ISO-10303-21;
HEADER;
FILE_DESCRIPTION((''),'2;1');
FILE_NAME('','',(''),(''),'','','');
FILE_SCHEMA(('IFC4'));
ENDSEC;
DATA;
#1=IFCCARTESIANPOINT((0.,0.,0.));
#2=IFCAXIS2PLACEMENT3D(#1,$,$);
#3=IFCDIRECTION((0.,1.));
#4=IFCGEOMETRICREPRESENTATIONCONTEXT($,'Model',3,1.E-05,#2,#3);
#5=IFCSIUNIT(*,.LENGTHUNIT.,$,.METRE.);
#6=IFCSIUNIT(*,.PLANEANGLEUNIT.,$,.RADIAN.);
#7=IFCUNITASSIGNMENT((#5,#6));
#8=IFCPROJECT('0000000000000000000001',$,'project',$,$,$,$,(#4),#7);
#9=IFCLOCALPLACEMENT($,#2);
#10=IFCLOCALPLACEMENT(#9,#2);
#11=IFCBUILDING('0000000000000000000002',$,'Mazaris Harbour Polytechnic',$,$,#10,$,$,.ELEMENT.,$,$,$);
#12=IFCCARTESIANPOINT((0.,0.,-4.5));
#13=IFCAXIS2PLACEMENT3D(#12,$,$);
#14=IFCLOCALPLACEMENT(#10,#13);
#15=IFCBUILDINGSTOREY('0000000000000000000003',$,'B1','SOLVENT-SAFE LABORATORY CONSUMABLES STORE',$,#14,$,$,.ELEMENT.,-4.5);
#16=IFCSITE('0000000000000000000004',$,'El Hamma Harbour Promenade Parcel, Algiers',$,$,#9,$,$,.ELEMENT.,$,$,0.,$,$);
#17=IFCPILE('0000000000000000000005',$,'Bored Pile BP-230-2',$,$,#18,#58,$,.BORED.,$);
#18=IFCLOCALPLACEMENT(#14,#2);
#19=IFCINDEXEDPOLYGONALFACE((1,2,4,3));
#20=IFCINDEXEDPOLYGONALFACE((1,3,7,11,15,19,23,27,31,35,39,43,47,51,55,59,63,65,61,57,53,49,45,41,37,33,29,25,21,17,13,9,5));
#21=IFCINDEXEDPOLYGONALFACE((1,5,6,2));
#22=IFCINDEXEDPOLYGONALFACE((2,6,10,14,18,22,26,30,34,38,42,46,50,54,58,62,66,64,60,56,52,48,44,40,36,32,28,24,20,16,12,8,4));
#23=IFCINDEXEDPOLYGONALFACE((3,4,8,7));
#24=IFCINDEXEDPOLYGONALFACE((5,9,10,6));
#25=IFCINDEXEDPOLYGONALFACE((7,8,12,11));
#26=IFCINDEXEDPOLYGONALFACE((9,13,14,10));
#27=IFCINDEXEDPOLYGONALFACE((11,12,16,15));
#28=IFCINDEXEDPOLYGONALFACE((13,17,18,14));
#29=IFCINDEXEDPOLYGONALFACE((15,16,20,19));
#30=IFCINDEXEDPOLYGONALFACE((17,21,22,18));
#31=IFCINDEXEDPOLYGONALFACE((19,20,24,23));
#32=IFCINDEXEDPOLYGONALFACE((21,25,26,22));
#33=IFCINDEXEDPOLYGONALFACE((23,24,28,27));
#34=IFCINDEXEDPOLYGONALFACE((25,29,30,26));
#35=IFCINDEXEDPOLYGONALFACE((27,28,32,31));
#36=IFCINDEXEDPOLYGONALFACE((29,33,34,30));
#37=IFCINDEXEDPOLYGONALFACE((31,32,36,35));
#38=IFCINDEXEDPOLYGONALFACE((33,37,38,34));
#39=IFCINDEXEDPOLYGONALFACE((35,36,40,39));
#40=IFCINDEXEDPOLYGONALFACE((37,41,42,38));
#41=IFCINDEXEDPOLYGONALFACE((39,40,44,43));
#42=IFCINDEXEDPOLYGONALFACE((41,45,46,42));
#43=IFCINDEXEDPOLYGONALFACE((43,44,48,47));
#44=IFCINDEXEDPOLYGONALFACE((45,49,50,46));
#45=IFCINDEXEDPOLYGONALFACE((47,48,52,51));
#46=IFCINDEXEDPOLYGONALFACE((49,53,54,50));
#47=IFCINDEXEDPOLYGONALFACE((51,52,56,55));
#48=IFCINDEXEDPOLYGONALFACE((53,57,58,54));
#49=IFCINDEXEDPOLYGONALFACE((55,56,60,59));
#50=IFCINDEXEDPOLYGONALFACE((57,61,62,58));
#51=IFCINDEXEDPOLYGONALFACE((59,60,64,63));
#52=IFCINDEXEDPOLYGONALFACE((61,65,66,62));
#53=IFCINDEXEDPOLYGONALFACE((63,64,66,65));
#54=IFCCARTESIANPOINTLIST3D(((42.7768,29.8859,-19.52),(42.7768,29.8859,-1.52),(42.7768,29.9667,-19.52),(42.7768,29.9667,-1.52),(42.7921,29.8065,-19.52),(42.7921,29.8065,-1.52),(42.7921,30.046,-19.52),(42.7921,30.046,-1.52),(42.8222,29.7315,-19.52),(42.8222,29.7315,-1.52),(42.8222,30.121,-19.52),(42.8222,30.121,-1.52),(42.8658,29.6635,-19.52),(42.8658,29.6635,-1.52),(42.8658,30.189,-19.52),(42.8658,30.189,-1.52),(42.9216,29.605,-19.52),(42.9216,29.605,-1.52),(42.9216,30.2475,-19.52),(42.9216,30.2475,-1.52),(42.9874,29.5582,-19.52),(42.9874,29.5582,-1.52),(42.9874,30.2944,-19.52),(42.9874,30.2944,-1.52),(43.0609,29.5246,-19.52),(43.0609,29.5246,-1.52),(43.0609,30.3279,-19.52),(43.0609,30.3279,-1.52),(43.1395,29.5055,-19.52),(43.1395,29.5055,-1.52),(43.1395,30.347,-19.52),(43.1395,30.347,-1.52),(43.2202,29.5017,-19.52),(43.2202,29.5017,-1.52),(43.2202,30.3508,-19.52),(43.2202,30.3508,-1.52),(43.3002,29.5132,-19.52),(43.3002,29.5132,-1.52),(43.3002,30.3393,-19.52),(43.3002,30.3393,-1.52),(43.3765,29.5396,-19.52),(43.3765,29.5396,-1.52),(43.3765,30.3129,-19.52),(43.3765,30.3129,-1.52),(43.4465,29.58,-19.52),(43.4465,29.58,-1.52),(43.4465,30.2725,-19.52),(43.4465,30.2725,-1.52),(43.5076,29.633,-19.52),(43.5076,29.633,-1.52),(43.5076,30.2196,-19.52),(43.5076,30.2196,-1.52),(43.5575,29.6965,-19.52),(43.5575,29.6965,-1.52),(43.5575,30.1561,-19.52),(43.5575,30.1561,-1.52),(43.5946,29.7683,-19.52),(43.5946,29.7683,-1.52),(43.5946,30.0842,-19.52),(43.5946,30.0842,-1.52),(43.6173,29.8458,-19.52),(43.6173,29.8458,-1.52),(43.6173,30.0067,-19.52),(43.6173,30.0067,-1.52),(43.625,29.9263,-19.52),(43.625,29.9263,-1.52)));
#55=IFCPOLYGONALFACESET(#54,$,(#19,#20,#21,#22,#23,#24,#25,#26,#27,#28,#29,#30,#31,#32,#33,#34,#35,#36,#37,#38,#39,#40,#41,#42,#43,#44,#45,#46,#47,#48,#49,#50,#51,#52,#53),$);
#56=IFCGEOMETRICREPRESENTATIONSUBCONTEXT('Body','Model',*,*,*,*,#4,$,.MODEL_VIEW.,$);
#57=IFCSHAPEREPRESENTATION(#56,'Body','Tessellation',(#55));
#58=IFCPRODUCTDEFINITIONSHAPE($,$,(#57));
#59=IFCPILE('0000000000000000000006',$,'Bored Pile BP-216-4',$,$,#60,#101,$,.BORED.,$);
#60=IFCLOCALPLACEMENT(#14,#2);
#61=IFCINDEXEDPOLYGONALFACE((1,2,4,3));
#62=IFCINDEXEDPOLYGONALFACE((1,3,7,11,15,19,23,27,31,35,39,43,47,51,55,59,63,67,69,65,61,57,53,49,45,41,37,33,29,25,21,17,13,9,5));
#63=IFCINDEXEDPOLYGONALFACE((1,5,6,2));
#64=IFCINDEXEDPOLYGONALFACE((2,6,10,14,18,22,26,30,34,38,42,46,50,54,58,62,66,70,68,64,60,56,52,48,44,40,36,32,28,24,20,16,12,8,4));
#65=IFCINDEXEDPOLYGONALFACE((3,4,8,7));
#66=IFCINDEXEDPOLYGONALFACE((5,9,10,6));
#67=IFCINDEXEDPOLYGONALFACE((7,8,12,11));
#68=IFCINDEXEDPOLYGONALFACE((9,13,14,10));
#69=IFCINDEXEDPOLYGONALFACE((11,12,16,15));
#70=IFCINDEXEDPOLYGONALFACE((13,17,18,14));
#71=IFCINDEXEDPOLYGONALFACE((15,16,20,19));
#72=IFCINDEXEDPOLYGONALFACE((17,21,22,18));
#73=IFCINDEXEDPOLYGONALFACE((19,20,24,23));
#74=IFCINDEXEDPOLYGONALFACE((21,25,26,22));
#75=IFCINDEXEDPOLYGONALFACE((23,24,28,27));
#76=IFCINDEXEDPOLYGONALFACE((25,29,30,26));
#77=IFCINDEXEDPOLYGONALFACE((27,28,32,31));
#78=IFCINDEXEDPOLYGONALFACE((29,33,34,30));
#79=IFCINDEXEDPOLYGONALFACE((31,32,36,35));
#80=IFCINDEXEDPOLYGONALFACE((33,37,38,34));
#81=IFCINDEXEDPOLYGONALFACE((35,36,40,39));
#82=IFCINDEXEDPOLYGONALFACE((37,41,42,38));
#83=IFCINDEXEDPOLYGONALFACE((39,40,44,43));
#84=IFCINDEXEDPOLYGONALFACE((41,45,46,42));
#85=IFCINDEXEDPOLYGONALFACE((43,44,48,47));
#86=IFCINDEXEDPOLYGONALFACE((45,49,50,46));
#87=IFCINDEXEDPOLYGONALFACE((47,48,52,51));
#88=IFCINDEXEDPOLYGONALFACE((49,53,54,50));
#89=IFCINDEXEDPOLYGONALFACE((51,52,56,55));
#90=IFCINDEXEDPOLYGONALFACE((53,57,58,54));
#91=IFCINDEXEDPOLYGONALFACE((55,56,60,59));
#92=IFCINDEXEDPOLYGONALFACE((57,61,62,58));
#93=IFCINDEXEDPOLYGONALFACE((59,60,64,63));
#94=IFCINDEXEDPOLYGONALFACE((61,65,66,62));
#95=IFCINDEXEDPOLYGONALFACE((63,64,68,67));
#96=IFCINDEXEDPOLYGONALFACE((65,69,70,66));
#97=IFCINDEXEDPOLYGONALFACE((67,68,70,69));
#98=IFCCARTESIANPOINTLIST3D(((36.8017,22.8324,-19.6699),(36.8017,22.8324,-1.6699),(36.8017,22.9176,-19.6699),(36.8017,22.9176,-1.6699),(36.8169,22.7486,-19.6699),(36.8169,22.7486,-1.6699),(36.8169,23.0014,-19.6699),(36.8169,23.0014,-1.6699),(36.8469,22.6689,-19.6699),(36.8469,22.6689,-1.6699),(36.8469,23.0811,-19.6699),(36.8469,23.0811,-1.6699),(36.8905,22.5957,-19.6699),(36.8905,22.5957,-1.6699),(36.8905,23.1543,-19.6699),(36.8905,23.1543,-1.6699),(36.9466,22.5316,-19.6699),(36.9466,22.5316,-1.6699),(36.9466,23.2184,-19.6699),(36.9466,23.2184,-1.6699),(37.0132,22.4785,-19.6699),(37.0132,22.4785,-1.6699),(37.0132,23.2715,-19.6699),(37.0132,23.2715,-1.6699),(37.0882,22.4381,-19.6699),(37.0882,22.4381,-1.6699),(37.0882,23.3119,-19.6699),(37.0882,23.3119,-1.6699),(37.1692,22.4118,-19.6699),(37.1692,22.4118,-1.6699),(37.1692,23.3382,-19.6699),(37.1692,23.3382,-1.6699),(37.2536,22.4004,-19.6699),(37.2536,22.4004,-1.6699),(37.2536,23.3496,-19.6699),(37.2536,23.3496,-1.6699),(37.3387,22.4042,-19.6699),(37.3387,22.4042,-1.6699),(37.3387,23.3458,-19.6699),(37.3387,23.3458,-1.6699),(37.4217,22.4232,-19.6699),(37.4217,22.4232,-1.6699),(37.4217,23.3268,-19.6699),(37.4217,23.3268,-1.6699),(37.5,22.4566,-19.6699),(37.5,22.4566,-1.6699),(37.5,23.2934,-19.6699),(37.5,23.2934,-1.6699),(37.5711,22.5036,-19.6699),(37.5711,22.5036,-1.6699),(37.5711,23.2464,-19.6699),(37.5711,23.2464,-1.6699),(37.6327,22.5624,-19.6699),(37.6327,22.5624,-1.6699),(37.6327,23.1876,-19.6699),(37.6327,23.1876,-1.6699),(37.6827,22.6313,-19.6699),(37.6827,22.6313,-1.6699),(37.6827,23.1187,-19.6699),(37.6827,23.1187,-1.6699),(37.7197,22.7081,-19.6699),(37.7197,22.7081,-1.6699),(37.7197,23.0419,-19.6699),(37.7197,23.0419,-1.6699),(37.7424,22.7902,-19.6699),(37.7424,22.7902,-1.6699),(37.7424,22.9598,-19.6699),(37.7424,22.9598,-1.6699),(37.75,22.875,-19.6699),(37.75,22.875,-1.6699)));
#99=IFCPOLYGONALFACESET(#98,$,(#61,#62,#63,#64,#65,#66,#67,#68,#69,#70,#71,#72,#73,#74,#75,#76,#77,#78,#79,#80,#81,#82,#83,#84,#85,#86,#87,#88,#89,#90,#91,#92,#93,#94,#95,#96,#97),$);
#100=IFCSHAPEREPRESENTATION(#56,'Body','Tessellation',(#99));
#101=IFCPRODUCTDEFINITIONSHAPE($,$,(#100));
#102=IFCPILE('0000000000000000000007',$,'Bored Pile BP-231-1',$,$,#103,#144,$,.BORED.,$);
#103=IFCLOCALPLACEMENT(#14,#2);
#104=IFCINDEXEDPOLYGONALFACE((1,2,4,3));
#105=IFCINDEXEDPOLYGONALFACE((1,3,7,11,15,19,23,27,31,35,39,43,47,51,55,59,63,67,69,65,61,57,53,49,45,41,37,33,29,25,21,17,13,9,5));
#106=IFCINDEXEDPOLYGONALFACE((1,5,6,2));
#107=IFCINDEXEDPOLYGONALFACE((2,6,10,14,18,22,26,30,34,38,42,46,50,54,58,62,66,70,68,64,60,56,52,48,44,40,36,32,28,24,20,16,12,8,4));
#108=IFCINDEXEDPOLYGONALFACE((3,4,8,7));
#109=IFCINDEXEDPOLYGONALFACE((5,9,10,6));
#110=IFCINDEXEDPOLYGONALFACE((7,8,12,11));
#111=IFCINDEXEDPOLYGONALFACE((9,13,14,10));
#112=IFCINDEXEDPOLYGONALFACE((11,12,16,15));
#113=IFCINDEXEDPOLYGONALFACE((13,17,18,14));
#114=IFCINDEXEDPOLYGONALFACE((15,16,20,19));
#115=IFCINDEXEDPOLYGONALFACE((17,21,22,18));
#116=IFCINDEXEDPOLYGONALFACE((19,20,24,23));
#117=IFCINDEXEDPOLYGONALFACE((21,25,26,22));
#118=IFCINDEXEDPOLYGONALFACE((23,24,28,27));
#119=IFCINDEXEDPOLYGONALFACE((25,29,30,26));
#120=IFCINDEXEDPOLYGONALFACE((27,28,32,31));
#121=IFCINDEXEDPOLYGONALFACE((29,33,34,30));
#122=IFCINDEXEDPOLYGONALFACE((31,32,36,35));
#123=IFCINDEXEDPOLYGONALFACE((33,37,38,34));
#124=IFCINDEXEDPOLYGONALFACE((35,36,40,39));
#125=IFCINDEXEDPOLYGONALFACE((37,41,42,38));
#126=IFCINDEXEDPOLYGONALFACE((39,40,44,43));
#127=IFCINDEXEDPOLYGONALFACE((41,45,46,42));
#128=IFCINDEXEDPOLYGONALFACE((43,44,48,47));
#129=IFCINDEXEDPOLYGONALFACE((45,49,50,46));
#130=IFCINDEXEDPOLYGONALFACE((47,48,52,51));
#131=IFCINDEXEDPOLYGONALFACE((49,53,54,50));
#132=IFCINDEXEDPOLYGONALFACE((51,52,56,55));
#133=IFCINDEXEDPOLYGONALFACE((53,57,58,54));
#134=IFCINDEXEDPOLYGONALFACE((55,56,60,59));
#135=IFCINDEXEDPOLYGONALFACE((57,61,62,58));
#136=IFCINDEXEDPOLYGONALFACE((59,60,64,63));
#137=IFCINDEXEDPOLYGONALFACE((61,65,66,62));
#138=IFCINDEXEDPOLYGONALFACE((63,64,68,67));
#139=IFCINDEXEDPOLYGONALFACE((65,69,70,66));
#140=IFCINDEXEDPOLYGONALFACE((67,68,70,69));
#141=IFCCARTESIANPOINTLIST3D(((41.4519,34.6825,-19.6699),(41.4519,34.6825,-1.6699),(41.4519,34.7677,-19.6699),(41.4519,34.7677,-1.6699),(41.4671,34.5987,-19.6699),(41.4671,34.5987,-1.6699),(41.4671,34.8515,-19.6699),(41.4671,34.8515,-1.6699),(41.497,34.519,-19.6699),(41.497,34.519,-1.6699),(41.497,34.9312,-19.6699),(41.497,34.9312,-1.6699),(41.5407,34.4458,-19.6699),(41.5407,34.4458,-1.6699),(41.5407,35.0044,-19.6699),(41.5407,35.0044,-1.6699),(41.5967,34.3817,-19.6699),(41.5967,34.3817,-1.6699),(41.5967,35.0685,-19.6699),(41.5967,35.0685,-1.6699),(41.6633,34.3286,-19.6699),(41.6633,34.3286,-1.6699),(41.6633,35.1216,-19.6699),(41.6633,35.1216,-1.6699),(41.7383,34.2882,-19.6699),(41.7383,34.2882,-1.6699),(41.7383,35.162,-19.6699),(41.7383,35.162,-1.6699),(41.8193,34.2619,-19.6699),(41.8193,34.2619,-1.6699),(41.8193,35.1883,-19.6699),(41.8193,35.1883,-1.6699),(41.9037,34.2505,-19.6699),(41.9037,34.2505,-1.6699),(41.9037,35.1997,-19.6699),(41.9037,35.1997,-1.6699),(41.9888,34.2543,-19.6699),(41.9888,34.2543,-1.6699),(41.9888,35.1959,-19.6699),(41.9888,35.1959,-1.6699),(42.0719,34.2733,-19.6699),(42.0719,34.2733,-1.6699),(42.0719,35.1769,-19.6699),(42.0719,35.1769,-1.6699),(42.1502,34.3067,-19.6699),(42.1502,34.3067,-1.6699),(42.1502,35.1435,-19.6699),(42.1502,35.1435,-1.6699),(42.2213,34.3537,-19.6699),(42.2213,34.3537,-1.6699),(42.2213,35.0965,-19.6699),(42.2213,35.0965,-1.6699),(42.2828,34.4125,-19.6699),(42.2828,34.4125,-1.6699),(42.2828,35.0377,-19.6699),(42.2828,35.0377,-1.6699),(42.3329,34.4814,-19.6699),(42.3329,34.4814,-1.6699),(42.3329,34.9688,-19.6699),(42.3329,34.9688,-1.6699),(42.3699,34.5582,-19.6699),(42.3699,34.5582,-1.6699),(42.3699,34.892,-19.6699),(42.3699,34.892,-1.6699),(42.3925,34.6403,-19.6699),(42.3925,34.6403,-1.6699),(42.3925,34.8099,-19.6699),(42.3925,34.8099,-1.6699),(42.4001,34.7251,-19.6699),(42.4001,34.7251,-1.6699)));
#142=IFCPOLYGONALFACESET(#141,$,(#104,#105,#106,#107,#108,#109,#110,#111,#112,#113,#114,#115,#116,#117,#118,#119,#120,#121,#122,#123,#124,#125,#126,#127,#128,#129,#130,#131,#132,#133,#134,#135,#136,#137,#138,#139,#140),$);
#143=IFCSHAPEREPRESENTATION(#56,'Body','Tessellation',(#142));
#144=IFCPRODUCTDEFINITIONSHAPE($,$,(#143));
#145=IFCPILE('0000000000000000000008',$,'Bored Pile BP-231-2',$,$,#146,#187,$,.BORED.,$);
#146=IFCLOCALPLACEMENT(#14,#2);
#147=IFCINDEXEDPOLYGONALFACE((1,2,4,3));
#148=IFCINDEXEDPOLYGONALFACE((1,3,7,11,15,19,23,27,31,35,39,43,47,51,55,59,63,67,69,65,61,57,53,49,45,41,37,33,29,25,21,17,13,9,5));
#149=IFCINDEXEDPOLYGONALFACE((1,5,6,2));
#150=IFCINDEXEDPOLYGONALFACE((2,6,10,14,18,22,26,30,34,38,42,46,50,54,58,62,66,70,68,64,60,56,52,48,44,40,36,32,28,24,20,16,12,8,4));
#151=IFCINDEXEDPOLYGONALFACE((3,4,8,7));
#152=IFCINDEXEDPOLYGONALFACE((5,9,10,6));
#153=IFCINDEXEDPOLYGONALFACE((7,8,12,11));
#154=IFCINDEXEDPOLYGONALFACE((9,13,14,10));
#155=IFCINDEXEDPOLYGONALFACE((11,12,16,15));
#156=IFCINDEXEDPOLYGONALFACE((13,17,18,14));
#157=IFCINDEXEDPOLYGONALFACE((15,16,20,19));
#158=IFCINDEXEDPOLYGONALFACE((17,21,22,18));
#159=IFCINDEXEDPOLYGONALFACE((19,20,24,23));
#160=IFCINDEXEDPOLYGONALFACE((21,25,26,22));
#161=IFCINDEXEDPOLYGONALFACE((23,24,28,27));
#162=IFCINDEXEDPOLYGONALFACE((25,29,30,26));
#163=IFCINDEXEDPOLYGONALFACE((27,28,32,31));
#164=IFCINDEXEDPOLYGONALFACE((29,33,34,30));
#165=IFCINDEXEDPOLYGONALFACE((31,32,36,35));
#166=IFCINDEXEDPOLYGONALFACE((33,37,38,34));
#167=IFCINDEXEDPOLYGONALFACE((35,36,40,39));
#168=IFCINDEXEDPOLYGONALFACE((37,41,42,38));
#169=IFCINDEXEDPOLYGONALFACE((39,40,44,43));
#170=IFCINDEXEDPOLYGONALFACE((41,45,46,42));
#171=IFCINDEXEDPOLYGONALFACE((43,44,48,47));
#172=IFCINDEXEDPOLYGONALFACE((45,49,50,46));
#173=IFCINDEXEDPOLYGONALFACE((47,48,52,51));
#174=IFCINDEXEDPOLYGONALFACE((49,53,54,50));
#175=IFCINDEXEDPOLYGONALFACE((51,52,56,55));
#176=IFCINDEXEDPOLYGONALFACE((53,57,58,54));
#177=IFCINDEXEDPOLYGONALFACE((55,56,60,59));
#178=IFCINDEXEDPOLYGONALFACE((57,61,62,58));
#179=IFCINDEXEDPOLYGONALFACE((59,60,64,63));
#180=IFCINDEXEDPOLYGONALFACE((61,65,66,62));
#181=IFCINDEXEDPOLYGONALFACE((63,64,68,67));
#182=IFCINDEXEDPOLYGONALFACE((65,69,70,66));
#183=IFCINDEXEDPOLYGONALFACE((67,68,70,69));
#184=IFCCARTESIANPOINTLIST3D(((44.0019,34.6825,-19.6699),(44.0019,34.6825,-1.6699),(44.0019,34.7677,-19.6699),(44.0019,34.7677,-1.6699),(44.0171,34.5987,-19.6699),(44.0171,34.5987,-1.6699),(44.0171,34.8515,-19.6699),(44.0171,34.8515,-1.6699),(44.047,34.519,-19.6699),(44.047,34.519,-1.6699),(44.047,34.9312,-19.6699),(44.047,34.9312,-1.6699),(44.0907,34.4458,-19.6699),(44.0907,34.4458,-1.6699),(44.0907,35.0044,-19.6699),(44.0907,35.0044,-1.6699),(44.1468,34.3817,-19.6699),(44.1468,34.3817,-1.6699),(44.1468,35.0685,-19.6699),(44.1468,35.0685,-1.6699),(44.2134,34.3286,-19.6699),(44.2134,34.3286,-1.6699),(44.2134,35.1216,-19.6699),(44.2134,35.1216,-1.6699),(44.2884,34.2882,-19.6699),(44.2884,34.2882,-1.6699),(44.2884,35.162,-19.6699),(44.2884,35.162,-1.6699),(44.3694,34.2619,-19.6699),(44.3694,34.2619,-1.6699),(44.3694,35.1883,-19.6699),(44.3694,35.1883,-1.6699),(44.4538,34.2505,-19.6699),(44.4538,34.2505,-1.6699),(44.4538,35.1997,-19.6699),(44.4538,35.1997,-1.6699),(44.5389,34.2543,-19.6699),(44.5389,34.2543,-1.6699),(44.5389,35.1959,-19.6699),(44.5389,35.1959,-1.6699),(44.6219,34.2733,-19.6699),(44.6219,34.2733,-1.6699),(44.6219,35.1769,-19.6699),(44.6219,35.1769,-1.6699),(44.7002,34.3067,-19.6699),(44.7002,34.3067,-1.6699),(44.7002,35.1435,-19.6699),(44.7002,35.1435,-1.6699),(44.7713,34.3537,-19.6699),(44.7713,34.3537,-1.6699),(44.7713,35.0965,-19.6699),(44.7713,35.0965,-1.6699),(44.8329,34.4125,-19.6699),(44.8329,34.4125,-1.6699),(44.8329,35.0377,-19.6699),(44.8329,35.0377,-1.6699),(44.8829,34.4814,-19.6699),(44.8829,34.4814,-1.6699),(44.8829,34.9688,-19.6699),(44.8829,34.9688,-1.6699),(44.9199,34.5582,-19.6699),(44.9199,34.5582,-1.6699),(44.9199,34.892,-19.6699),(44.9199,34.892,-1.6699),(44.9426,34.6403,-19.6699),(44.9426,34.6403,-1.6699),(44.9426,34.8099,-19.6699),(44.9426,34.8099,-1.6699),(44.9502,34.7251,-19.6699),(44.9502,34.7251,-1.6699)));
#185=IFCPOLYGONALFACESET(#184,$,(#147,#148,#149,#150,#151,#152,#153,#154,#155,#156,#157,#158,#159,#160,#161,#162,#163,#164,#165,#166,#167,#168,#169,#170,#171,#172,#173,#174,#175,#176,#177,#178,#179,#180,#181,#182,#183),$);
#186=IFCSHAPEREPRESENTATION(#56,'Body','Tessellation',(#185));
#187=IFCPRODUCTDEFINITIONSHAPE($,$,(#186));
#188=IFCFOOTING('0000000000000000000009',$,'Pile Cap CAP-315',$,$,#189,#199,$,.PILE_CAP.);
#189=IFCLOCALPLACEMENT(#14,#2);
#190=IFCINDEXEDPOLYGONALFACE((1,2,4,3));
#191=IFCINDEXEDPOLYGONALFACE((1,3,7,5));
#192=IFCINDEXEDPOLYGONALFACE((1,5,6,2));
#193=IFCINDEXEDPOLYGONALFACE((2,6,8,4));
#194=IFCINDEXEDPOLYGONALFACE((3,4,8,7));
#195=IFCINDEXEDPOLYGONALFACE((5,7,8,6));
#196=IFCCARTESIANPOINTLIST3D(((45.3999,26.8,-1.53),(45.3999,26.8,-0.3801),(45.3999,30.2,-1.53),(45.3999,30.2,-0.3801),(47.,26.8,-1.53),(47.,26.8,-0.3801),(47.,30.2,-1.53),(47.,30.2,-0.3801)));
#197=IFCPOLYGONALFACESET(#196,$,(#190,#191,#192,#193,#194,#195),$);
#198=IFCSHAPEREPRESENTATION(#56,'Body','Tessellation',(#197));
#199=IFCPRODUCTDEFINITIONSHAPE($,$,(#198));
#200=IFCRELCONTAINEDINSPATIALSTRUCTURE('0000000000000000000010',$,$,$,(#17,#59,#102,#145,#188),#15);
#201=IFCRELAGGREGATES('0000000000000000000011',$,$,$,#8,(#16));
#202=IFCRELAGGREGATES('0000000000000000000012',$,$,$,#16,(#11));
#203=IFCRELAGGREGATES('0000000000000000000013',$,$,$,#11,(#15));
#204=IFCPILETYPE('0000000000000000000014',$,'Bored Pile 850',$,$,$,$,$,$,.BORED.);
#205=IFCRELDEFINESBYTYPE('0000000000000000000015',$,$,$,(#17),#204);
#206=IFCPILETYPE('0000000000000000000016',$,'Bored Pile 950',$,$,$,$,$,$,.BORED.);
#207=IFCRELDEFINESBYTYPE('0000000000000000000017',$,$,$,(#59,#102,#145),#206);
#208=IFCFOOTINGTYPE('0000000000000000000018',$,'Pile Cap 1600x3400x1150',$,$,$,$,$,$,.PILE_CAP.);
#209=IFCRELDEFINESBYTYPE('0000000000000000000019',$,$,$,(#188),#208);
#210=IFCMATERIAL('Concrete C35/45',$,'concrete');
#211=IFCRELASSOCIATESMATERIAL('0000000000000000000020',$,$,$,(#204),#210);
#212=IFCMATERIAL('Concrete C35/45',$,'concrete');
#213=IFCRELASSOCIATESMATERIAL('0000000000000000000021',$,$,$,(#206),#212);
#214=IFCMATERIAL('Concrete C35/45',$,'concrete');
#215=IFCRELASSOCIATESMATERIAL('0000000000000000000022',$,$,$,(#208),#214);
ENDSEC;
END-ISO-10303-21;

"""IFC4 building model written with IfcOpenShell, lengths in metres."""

from ifc_helpers import new_model, si_unit, direction, frame, origin, origin_2d, place, context, subcontext, project, spatial, rectangle, circle, extrude, material, material_profile, profile_set, type_object, element, save


model = new_model("IFC4")

# Units and contexts
model_context = context("Model", 3, precision=1e-05, world=origin(), true_north=direction((0.0, 1.0)))
body_context = subcontext(model_context, "Body", "Model", "MODEL_VIEW")
ifc_project = project(units=[si_unit("LENGTHUNIT", "METRE"), si_unit("PLANEANGLEUNIT", "RADIAN")], contexts=[model_context])

# Site, building, storey
site_placement = place(None, origin())
site = spatial("IfcSite", under=ifc_project, at=site_placement, Name="El Hamma Harbour Promenade Parcel, Algiers", CompositionType="ELEMENT", RefElevation=0.0)
building_placement = place(site_placement, origin())
building = spatial("IfcBuilding", under=site, at=building_placement, Name="Mazaris Harbour Polytechnic", CompositionType="ELEMENT")
storey_placement = place(building_placement, frame((0.0, 0.0, -4.5)))
storey = spatial("IfcBuildingStorey", under=building, at=storey_placement, Name="B1", Description="SOLVENT-SAFE LABORATORY CONSUMABLES STORE", CompositionType="ELEMENT", Elevation=-4.5)

# Piles
ifc_material_1 = material(Name="Concrete C35/45", Category="concrete")
ifc_material_profile_1 = material_profile(ifc_material_1, circle(Radius=0.425, at=origin_2d()), Name="DIA850")
ifc_profile_set_1 = profile_set([ifc_material_profile_1], Name="Concrete C35/45")
pile_type_1 = type_object("IfcPileType", Name="Bored Pile 850", PredefinedType="BORED", material=ifc_profile_set_1)
for number, where, z_axis, x_axis, name in (
    (1, (43.2, 29.9263, -1.52), (0.0, 0.0, -1.0), (1.0, 0.0, 0.0), "Bored Pile BP-230-2"),
):
    element("IfcPile", number, at=place(storey_placement, frame(where, z_axis=z_axis, x_axis=x_axis)), inside=storey, type_object=pile_type_1, Name=name, PredefinedType="BORED", context=body_context, shape_type="SweptSolid", body=[
        extrude(circle(Radius=0.425, at=origin_2d()), origin(), (0.0, 0.0, 1.0), 18.0),
    ])
ifc_material_2 = material(Name="Concrete C35/45", Category="concrete")
ifc_material_profile_2 = material_profile(ifc_material_2, circle(Radius=0.4751, at=origin_2d()), Name="DIA950")
ifc_profile_set_2 = profile_set([ifc_material_profile_2], Name="Concrete C35/45")
pile_type_2 = type_object("IfcPileType", Name="Bored Pile 950", PredefinedType="BORED", material=ifc_profile_set_2)
for number, where, z_axis, x_axis, name in (
    (2, (37.2749, 22.875, -1.6699), (0.0, 0.0, -1.0), (1.0, 0.0, 0.0), "Bored Pile BP-216-4"),
    (3, (41.925, 34.7251, -1.6699), (0.0, 0.0, -1.0), (1.0, 0.0, 0.0), "Bored Pile BP-231-1"),
    (4, (44.4751, 34.7251, -1.6699), (0.0, 0.0, -1.0), (1.0, 0.0, 0.0), "Bored Pile BP-231-2"),
):
    element("IfcPile", number, at=place(storey_placement, frame(where, z_axis=z_axis, x_axis=x_axis)), inside=storey, type_object=pile_type_2, Name=name, PredefinedType="BORED", context=body_context, shape_type="SweptSolid", body=[
        extrude(circle(Radius=0.4751, at=origin_2d()), origin(), (0.0, 0.0, 1.0), 18.0),
    ])

# Footing
ifc_material_3 = material(Name="Concrete C35/45", Category="concrete")
footing_type_1 = type_object("IfcFootingType", Name="Pile Cap 1600x3400x1150", PredefinedType="PILE_CAP", material=ifc_material_3)
footing_1_placement = place(storey_placement, frame((46.2, 28.5, -1.53), z_axis=(0.0, 0.0, 1.0), x_axis=(1.0, 0.0, 0.0)))
element("IfcFooting", 5, at=footing_1_placement, inside=storey, type_object=footing_type_1, Name="Pile Cap CAP-315", PredefinedType="PILE_CAP", context=body_context, shape_type="SweptSolid", body=[
    extrude(rectangle(XDim=1.6001, YDim=3.3999, at=origin_2d()), origin(), (0.0, 0.0, 1.0), 1.1499),
])

save(model, "model.ifc")
